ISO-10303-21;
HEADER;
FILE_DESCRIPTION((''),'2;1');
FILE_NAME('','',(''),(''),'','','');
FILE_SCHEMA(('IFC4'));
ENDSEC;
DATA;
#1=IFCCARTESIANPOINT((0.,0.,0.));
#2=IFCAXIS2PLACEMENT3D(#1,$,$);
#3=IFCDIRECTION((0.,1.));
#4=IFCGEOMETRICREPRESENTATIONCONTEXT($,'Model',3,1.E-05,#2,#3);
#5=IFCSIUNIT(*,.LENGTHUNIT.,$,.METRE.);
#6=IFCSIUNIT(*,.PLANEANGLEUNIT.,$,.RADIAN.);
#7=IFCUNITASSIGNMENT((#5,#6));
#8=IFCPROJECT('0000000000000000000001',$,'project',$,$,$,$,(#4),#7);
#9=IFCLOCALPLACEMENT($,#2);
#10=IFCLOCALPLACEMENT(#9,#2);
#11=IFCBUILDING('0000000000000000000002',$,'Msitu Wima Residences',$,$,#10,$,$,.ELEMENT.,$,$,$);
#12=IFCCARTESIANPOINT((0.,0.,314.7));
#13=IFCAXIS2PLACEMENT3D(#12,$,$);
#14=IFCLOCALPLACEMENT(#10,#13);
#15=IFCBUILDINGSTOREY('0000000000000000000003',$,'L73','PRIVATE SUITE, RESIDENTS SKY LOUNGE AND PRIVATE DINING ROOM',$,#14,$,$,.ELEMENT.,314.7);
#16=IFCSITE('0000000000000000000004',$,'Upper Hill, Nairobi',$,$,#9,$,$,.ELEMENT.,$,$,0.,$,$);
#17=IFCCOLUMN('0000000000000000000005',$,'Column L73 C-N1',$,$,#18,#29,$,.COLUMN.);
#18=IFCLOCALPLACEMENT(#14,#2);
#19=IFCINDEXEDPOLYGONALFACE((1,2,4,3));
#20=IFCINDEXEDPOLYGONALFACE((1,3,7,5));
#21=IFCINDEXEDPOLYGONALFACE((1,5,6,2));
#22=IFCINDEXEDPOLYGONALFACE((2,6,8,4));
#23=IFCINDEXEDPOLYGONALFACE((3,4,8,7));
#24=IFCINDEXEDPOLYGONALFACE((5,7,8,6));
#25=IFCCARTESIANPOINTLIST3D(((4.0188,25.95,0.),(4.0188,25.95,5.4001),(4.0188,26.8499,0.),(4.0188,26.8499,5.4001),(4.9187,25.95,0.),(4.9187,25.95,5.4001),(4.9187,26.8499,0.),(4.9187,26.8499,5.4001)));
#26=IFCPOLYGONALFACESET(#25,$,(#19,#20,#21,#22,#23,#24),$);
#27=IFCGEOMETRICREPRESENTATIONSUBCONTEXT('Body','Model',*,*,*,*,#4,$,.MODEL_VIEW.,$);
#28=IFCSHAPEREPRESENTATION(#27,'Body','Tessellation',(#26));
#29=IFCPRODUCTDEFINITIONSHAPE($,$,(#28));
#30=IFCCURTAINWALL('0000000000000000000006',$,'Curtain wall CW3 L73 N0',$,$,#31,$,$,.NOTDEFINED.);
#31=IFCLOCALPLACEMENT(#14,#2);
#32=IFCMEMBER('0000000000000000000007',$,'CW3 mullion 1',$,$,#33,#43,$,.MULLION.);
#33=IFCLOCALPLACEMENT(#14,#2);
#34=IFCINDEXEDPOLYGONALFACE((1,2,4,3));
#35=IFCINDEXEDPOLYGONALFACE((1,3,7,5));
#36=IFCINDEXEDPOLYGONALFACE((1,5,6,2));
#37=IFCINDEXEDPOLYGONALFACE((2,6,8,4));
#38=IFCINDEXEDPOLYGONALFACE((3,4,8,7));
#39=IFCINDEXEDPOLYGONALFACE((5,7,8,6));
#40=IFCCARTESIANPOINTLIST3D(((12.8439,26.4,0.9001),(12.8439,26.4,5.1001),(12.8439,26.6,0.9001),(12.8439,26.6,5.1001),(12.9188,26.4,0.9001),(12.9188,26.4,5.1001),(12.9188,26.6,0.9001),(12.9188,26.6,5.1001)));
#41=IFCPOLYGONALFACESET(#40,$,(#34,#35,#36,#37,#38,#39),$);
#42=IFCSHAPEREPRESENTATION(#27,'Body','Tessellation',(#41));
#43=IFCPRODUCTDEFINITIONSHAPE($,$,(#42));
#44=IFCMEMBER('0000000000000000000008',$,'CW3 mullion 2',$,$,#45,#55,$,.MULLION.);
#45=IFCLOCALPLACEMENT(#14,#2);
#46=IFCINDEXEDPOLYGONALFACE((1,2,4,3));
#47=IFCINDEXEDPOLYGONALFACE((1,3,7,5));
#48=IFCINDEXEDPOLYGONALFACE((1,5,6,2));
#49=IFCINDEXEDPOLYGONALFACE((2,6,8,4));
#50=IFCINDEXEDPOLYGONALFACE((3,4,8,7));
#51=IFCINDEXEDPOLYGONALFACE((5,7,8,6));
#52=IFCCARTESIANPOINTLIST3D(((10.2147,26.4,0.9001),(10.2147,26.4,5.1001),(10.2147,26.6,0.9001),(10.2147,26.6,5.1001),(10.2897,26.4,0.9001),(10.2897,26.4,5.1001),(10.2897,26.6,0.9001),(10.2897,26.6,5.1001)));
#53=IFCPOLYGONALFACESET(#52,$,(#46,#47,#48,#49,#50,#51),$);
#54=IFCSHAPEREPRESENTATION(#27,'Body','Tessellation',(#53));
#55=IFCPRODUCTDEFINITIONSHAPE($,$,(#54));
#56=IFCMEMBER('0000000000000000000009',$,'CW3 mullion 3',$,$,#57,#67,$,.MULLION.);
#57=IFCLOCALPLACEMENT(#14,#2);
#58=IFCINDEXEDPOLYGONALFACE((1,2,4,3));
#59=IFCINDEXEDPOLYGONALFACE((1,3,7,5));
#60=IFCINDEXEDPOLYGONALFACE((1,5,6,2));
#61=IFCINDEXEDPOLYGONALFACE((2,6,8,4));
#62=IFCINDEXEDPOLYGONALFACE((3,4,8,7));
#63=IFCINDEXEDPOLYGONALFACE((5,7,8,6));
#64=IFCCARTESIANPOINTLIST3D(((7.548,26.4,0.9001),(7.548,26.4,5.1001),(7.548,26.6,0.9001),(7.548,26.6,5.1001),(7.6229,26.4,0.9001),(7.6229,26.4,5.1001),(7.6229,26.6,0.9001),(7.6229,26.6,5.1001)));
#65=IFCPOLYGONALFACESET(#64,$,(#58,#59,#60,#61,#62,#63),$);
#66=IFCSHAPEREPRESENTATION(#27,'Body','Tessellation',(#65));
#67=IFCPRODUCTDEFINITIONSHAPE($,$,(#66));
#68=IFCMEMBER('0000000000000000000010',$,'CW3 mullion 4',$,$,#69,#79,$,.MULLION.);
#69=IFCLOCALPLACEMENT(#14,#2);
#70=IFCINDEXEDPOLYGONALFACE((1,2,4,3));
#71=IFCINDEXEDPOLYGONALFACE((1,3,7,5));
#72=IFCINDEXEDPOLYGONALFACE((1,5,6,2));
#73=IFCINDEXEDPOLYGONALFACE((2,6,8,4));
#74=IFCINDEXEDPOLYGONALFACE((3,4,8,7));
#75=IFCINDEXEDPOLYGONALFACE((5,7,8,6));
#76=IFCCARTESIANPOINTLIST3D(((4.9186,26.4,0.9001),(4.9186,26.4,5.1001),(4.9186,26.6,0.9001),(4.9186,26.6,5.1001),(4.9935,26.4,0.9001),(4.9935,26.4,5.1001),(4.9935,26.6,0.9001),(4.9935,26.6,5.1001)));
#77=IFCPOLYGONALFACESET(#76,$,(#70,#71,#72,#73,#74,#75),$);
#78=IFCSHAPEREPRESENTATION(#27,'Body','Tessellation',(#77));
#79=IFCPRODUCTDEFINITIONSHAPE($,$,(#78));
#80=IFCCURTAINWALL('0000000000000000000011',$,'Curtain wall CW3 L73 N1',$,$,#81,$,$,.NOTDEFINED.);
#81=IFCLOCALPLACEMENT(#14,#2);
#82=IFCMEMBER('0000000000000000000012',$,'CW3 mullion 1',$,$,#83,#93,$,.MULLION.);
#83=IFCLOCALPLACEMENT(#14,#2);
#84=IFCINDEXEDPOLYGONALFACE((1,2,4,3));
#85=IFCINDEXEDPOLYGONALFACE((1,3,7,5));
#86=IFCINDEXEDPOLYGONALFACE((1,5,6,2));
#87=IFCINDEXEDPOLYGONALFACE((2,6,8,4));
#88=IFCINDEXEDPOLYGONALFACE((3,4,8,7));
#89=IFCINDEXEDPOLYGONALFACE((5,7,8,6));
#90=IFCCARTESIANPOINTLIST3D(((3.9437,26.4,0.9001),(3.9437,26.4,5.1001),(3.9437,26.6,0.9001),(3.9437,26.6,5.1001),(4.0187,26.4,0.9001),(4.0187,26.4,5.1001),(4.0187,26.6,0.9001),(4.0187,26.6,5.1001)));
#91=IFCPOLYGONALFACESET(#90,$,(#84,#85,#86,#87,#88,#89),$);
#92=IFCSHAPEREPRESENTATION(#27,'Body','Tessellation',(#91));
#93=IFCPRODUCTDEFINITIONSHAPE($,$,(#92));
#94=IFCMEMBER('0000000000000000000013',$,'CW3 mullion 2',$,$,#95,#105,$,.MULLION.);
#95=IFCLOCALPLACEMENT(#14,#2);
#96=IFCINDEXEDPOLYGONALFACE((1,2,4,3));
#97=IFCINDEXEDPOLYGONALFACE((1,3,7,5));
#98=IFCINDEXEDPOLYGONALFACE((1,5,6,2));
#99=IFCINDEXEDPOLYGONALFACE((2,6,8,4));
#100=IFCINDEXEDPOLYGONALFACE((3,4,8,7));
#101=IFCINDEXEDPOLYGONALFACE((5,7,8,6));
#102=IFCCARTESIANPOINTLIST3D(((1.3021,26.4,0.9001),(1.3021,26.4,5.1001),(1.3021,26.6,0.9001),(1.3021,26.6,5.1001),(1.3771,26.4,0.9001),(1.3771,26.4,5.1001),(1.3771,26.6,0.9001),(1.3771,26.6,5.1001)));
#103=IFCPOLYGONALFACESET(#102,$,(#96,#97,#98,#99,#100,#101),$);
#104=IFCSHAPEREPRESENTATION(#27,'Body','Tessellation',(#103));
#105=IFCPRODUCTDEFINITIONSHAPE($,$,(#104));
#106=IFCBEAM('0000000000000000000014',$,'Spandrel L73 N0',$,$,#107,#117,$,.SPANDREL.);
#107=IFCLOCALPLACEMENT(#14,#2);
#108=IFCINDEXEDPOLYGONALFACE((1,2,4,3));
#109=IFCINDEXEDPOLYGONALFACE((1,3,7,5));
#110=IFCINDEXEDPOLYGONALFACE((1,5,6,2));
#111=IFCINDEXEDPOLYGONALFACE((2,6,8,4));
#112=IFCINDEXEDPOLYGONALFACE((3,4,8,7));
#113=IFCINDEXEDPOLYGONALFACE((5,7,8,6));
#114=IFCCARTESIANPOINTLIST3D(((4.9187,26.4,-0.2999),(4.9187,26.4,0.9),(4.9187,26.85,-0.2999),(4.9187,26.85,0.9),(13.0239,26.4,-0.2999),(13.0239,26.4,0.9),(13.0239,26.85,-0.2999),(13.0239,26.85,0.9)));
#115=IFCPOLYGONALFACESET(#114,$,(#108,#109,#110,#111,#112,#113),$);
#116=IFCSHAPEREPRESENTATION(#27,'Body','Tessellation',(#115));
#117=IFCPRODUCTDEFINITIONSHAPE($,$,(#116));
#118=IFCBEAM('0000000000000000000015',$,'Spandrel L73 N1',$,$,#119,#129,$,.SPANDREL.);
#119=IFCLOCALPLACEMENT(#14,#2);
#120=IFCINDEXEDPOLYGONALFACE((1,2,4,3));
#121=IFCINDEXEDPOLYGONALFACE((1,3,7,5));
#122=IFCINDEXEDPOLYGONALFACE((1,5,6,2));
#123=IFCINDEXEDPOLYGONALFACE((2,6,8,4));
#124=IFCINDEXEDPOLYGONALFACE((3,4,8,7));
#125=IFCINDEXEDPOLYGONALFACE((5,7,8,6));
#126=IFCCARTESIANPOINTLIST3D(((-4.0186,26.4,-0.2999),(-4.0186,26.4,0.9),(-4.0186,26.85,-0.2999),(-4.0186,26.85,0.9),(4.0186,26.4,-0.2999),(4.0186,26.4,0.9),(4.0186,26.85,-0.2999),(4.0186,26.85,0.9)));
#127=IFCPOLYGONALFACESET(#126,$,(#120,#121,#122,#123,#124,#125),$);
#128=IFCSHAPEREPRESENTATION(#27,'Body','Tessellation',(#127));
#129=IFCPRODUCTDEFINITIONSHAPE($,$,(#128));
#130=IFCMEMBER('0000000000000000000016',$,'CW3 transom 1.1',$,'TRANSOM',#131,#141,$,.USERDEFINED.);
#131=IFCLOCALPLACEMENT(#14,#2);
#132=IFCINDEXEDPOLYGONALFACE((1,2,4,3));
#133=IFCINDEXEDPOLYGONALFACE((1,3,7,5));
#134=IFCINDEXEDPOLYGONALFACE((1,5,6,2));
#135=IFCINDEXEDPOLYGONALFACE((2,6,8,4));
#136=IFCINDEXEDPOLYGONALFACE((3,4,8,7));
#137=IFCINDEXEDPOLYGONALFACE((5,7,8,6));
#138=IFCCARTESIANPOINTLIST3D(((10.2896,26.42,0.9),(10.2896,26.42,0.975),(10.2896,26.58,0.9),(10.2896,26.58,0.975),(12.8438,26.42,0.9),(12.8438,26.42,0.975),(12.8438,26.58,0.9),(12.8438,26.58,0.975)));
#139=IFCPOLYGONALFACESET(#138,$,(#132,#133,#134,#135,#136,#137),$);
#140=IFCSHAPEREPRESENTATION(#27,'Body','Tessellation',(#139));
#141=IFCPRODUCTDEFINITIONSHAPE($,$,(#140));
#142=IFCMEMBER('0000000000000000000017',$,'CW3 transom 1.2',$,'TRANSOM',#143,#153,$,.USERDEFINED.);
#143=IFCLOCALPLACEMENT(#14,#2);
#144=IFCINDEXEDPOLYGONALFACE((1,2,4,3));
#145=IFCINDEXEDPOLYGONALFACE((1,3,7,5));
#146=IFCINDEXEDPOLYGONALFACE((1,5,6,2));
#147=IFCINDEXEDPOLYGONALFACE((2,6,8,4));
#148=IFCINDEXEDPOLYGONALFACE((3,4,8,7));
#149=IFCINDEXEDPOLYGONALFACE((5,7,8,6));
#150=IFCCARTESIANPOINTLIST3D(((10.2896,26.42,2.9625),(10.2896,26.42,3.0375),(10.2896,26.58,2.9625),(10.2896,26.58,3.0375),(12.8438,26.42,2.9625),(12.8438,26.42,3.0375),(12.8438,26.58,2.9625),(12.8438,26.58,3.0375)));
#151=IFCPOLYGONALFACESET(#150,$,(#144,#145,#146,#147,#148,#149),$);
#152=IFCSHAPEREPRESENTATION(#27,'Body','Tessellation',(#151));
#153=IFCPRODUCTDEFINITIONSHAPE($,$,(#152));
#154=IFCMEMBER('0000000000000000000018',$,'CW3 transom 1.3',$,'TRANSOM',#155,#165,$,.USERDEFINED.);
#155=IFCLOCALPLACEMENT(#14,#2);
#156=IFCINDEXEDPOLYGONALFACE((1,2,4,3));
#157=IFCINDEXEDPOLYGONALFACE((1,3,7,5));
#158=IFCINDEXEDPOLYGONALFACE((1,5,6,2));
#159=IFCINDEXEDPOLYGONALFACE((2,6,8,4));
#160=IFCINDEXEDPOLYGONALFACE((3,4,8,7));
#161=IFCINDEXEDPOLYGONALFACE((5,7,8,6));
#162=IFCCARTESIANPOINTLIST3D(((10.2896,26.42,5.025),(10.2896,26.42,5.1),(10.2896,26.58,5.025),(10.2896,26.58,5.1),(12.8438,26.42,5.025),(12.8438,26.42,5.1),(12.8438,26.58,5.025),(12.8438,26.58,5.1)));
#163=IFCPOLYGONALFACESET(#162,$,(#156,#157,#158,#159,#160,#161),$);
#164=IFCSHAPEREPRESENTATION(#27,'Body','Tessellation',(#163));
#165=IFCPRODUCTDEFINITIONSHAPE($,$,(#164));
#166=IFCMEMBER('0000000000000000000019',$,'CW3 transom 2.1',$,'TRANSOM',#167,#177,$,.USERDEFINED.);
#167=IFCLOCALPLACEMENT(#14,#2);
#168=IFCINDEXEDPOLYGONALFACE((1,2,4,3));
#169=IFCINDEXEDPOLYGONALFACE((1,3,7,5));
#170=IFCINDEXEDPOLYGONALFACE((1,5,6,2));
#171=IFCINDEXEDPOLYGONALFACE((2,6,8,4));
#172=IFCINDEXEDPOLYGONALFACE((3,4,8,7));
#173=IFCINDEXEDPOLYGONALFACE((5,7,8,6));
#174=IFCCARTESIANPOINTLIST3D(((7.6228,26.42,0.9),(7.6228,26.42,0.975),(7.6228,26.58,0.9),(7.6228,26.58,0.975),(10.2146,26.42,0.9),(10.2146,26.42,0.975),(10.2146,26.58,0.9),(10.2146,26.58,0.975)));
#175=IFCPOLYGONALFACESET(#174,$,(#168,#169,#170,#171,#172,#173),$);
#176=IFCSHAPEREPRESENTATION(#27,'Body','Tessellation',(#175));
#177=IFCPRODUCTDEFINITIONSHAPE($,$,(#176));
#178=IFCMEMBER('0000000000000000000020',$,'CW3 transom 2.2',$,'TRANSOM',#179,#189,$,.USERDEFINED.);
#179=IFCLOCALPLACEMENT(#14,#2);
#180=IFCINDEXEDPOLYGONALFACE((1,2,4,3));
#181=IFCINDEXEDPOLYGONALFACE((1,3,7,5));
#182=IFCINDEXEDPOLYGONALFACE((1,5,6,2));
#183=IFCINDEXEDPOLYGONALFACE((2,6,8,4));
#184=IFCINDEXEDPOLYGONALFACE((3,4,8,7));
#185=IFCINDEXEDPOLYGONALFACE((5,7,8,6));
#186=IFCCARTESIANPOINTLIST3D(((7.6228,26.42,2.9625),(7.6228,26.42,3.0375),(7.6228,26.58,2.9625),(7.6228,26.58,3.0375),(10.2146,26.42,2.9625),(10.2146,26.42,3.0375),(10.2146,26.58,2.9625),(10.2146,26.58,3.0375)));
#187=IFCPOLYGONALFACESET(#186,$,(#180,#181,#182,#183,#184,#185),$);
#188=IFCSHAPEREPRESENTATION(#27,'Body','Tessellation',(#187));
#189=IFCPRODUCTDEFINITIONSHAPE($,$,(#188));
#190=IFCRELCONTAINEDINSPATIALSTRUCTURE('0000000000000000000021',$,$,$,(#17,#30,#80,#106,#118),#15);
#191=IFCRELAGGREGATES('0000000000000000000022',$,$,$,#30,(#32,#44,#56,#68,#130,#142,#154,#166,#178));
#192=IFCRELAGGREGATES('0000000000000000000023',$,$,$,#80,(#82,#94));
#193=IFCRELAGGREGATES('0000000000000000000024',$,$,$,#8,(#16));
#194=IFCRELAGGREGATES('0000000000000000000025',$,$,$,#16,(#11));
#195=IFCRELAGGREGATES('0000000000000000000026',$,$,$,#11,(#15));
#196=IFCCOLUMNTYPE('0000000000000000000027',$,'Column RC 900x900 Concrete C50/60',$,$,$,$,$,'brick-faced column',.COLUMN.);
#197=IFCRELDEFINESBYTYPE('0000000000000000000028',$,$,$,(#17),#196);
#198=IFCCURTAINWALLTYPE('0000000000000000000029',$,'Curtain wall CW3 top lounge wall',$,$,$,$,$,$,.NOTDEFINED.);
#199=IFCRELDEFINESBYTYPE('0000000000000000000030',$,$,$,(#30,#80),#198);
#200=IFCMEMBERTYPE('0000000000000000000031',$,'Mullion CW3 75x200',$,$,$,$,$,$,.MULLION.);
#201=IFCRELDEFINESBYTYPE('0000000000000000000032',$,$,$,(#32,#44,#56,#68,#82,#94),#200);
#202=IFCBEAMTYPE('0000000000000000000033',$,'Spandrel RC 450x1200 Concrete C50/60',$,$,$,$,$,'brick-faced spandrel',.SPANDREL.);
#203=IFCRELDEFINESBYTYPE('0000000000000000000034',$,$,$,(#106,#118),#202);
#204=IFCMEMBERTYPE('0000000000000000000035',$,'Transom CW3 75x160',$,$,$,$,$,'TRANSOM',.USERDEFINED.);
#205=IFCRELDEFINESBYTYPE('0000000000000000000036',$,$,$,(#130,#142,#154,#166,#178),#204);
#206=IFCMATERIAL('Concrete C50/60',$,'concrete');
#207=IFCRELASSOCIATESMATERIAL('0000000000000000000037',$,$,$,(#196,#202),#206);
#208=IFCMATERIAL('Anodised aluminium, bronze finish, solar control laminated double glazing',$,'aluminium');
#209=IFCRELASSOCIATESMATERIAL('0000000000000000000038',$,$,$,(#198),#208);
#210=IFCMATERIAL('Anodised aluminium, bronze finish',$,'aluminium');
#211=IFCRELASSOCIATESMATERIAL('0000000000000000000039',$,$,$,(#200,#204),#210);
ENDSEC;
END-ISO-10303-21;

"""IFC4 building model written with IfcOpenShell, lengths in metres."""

from ifc_helpers import new_model, si_unit, direction, frame, origin, origin_2d, place, context, subcontext, project, spatial, rectangle, extrude, material, material_profile, profile_set, type_object, element, aggregate, save


model = new_model("IFC4")

# Units and contexts
model_context = context("Model", 3, precision=1e-05, world=origin(), true_north=direction((0.0, 1.0)))
body_context = subcontext(model_context, "Body", "Model", "MODEL_VIEW")
ifc_project = project(units=[si_unit("LENGTHUNIT", "METRE"), si_unit("PLANEANGLEUNIT", "RADIAN")], contexts=[model_context])

# Site, building, storey
site_placement = place(None, origin())
site = spatial("IfcSite", under=ifc_project, at=site_placement, Name="Upper Hill, Nairobi", CompositionType="ELEMENT", RefElevation=0.0)
building_placement = place(site_placement, origin())
building = spatial("IfcBuilding", under=site, at=building_placement, Name="Msitu Wima Residences", CompositionType="ELEMENT")
storey_placement = place(building_placement, frame((0.0, 0.0, 314.7)))
storey = spatial("IfcBuildingStorey", under=building, at=storey_placement, Name="L73", Description="PRIVATE SUITE, RESIDENTS SKY LOUNGE AND PRIVATE DINING ROOM", CompositionType="ELEMENT", Elevation=314.7)

# Column
ifc_material_1 = material(Name="Concrete C50/60", Category="concrete")
ifc_material_profile_1 = material_profile(ifc_material_1, rectangle(XDim=0.8999, YDim=0.8999, at=origin_2d()), Name="RC 900x900")
ifc_profile_set_1 = profile_set([ifc_material_profile_1], Name="Concrete C50/60")
column_type = type_object("IfcColumnType", Name="Column RC 900x900 Concrete C50/60", ElementType="brick-faced column", PredefinedType="COLUMN", material=ifc_profile_set_1)
column_placement = place(storey_placement, frame((4.4688, 26.3999, 0.0), z_axis=(0.0, 0.0, 1.0), x_axis=(-1.0, 0.0, 0.0)))
element("IfcColumn", 1, at=column_placement, inside=storey, type_object=column_type, Name="Column L73 C-N1", PredefinedType="COLUMN", context=body_context, shape_type="SweptSolid", body=[
    extrude(rectangle(XDim=0.8999, YDim=0.8999, at=origin_2d()), origin(), (0.0, 0.0, 1.0), 5.4001),
])

# Curtain walls, members
ifc_material_2 = material(Name="Anodised aluminium, bronze finish, solar control laminated double glazing", Category="aluminium")
curtain_wall_type = type_object("IfcCurtainWallType", Name="Curtain wall CW3 top lounge wall", PredefinedType="NOTDEFINED", material=ifc_material_2)
curtain_wall_1_placement = place(storey_placement, origin())
curtain_wall_1 = element("IfcCurtainWall", 2, at=curtain_wall_1_placement, inside=storey, type_object=curtain_wall_type, Name="Curtain wall CW3 L73 N0", PredefinedType="NOTDEFINED")
ifc_material_3 = material(Name="Anodised aluminium, bronze finish", Category="aluminium")
ifc_material_profile_2 = material_profile(ifc_material_3, rectangle(XDim=0.2, YDim=0.075, at=origin_2d()), Name="Mullion 75x200")
ifc_profile_set_2 = profile_set([ifc_material_profile_2], Name="Anodised aluminium, bronze finish")
member_type_1 = type_object("IfcMemberType", Name="Mullion CW3 75x200", PredefinedType="MULLION", material=ifc_profile_set_2)
member_1_placement = place(storey_placement, frame((12.8813, 26.5, 0.9001), z_axis=(0.0, 0.0, 1.0), x_axis=(0.0, -1.0, 0.0)))
member_1 = element("IfcMember", 3, at=member_1_placement, type_object=member_type_1, Name="CW3 mullion 1", PredefinedType="MULLION", context=body_context, shape_type="SweptSolid", body=[
    extrude(rectangle(XDim=0.2, YDim=0.075, at=origin_2d()), origin(), (0.0, 0.0, 1.0), 4.2),
])
member_2_placement = place(storey_placement, frame((10.2522, 26.5, 0.9001), z_axis=(0.0, 0.0, 1.0), x_axis=(0.0, -1.0, 0.0)))
member_2 = element("IfcMember", 4, at=member_2_placement, type_object=member_type_1, Name="CW3 mullion 2", PredefinedType="MULLION", context=body_context, shape_type="SweptSolid", body=[
    extrude(rectangle(XDim=0.2, YDim=0.075, at=origin_2d()), origin(), (0.0, 0.0, 1.0), 4.2),
])
member_3_placement = place(storey_placement, frame((7.5854, 26.5, 0.9001), z_axis=(0.0, 0.0, 1.0), x_axis=(0.0, -1.0, 0.0)))
member_3 = element("IfcMember", 5, at=member_3_placement, type_object=member_type_1, Name="CW3 mullion 3", PredefinedType="MULLION", context=body_context, shape_type="SweptSolid", body=[
    extrude(rectangle(XDim=0.2, YDim=0.075, at=origin_2d()), origin(), (0.0, 0.0, 1.0), 4.2),
])
member_4_placement = place(storey_placement, frame((4.9561, 26.5, 0.9001), z_axis=(0.0, 0.0, 1.0), x_axis=(0.0, -1.0, 0.0)))
member_4 = element("IfcMember", 6, at=member_4_placement, type_object=member_type_1, Name="CW3 mullion 4", PredefinedType="MULLION", context=body_context, shape_type="SweptSolid", body=[
    extrude(rectangle(XDim=0.2, YDim=0.075, at=origin_2d()), origin(), (0.0, 0.0, 1.0), 4.2),
])
curtain_wall_2_placement = place(storey_placement, origin())
curtain_wall_2 = element("IfcCurtainWall", 7, at=curtain_wall_2_placement, inside=storey, type_object=curtain_wall_type, Name="Curtain wall CW3 L73 N1", PredefinedType="NOTDEFINED")
member_5_placement = place(storey_placement, frame((3.9812, 26.5, 0.9001), z_axis=(0.0, 0.0, 1.0), x_axis=(0.0, -1.0, 0.0)))
member_5 = element("IfcMember", 8, at=member_5_placement, type_object=member_type_1, Name="CW3 mullion 1", PredefinedType="MULLION", context=body_context, shape_type="SweptSolid", body=[
    extrude(rectangle(XDim=0.2, YDim=0.075, at=origin_2d()), origin(), (0.0, 0.0, 1.0), 4.2),
])
member_6_placement = place(storey_placement, frame((1.3396, 26.5, 0.9001), z_axis=(0.0, 0.0, 1.0), x_axis=(0.0, -1.0, 0.0)))
member_6 = element("IfcMember", 9, at=member_6_placement, type_object=member_type_1, Name="CW3 mullion 2", PredefinedType="MULLION", context=body_context, shape_type="SweptSolid", body=[
    extrude(rectangle(XDim=0.2, YDim=0.075, at=origin_2d()), origin(), (0.0, 0.0, 1.0), 4.2),
])

# Beams
ifc_material_profile_3 = material_profile(ifc_material_1, rectangle(XDim=0.45, YDim=1.2, at=origin_2d()), Name="RC 450x1200")
ifc_profile_set_3 = profile_set([ifc_material_profile_3], Name="Concrete C50/60")
beam_type = type_object("IfcBeamType", Name="Spandrel RC 450x1200 Concrete C50/60", ElementType="brick-faced spandrel", PredefinedType="SPANDREL", material=ifc_profile_set_3)
beam_1_placement = place(storey_placement, frame((13.0239, 26.625, 0.3), z_axis=(-1.0, 0.0, 0.0), x_axis=(0.0, -1.0, 0.0)))
element("IfcBeam", 10, at=beam_1_placement, inside=storey, type_object=beam_type, Name="Spandrel L73 N0", PredefinedType="SPANDREL", context=body_context, shape_type="SweptSolid", body=[
    extrude(rectangle(XDim=0.45, YDim=1.2, at=origin_2d()), origin(), (0.0, 0.0, 1.0), 8.1052),
])
beam_2_placement = place(storey_placement, frame((4.0186, 26.625, 0.3), z_axis=(-1.0, 0.0, 0.0), x_axis=(0.0, -1.0, 0.0)))
element("IfcBeam", 11, at=beam_2_placement, inside=storey, type_object=beam_type, Name="Spandrel L73 N1", PredefinedType="SPANDREL", context=body_context, shape_type="SweptSolid", body=[
    extrude(rectangle(XDim=0.45, YDim=1.2, at=origin_2d()), origin(), (0.0, 0.0, 1.0), 8.0371),
])

# Members
ifc_material_profile_4 = material_profile(ifc_material_3, rectangle(XDim=0.1599, YDim=0.075, at=origin_2d()), Name="Transom 75x160")
ifc_profile_set_4 = profile_set([ifc_material_profile_4], Name="Anodised aluminium, bronze finish")
member_type_2 = type_object("IfcMemberType", Name="Transom CW3 75x160", ElementType="TRANSOM", PredefinedType="USERDEFINED", material=ifc_profile_set_4)
member_7_placement = place(storey_placement, frame((12.8438, 26.5, 0.9375), z_axis=(-1.0, 0.0, 0.0), x_axis=(0.0, -1.0, 0.0)))
member_7 = element("IfcMember", 12, at=member_7_placement, type_object=member_type_2, Name="CW3 transom 1.1", ObjectType="TRANSOM", PredefinedType="USERDEFINED", context=body_context, shape_type="SweptSolid", body=[
    extrude(rectangle(XDim=0.1599, YDim=0.075, at=origin_2d()), origin(), (0.0, 0.0, 1.0), 2.5542),
])
member_8_placement = place(storey_placement, frame((12.8438, 26.5, 3.0), z_axis=(-1.0, 0.0, 0.0), x_axis=(0.0, -1.0, 0.0)))
member_8 = element("IfcMember", 13, at=member_8_placement, type_object=member_type_2, Name="CW3 transom 1.2", ObjectType="TRANSOM", PredefinedType="USERDEFINED", context=body_context, shape_type="SweptSolid", body=[
    extrude(rectangle(XDim=0.1599, YDim=0.075, at=origin_2d()), origin(), (0.0, 0.0, 1.0), 2.5542),
])
member_9_placement = place(storey_placement, frame((12.8438, 26.5, 5.0625), z_axis=(-1.0, 0.0, 0.0), x_axis=(0.0, -1.0, 0.0)))
member_9 = element("IfcMember", 14, at=member_9_placement, type_object=member_type_2, Name="CW3 transom 1.3", ObjectType="TRANSOM", PredefinedType="USERDEFINED", context=body_context, shape_type="SweptSolid", body=[
    extrude(rectangle(XDim=0.1599, YDim=0.075, at=origin_2d()), origin(), (0.0, 0.0, 1.0), 2.5542),
])
member_10_placement = place(storey_placement, frame((10.2146, 26.5, 0.9375), z_axis=(-1.0, 0.0, 0.0), x_axis=(0.0, -1.0, 0.0)))
member_10 = element("IfcMember", 15, at=member_10_placement, type_object=member_type_2, Name="CW3 transom 2.1", ObjectType="TRANSOM", PredefinedType="USERDEFINED", context=body_context, shape_type="SweptSolid", body=[
    extrude(rectangle(XDim=0.1599, YDim=0.075, at=origin_2d()), origin(), (0.0, 0.0, 1.0), 2.5918),
])
member_11_placement = place(storey_placement, frame((10.2146, 26.5, 3.0), z_axis=(-1.0, 0.0, 0.0), x_axis=(0.0, -1.0, 0.0)))
member_11 = element("IfcMember", 16, at=member_11_placement, type_object=member_type_2, Name="CW3 transom 2.2", ObjectType="TRANSOM", PredefinedType="USERDEFINED", context=body_context, shape_type="SweptSolid", body=[
    extrude(rectangle(XDim=0.1599, YDim=0.075, at=origin_2d()), origin(), (0.0, 0.0, 1.0), 2.5918),
])

aggregate(curtain_wall_1, [member_1, member_2, member_3, member_4, member_7, member_8, member_9, member_10, member_11])
aggregate(curtain_wall_2, [member_5, member_6])

save(model, "model.ifc")
